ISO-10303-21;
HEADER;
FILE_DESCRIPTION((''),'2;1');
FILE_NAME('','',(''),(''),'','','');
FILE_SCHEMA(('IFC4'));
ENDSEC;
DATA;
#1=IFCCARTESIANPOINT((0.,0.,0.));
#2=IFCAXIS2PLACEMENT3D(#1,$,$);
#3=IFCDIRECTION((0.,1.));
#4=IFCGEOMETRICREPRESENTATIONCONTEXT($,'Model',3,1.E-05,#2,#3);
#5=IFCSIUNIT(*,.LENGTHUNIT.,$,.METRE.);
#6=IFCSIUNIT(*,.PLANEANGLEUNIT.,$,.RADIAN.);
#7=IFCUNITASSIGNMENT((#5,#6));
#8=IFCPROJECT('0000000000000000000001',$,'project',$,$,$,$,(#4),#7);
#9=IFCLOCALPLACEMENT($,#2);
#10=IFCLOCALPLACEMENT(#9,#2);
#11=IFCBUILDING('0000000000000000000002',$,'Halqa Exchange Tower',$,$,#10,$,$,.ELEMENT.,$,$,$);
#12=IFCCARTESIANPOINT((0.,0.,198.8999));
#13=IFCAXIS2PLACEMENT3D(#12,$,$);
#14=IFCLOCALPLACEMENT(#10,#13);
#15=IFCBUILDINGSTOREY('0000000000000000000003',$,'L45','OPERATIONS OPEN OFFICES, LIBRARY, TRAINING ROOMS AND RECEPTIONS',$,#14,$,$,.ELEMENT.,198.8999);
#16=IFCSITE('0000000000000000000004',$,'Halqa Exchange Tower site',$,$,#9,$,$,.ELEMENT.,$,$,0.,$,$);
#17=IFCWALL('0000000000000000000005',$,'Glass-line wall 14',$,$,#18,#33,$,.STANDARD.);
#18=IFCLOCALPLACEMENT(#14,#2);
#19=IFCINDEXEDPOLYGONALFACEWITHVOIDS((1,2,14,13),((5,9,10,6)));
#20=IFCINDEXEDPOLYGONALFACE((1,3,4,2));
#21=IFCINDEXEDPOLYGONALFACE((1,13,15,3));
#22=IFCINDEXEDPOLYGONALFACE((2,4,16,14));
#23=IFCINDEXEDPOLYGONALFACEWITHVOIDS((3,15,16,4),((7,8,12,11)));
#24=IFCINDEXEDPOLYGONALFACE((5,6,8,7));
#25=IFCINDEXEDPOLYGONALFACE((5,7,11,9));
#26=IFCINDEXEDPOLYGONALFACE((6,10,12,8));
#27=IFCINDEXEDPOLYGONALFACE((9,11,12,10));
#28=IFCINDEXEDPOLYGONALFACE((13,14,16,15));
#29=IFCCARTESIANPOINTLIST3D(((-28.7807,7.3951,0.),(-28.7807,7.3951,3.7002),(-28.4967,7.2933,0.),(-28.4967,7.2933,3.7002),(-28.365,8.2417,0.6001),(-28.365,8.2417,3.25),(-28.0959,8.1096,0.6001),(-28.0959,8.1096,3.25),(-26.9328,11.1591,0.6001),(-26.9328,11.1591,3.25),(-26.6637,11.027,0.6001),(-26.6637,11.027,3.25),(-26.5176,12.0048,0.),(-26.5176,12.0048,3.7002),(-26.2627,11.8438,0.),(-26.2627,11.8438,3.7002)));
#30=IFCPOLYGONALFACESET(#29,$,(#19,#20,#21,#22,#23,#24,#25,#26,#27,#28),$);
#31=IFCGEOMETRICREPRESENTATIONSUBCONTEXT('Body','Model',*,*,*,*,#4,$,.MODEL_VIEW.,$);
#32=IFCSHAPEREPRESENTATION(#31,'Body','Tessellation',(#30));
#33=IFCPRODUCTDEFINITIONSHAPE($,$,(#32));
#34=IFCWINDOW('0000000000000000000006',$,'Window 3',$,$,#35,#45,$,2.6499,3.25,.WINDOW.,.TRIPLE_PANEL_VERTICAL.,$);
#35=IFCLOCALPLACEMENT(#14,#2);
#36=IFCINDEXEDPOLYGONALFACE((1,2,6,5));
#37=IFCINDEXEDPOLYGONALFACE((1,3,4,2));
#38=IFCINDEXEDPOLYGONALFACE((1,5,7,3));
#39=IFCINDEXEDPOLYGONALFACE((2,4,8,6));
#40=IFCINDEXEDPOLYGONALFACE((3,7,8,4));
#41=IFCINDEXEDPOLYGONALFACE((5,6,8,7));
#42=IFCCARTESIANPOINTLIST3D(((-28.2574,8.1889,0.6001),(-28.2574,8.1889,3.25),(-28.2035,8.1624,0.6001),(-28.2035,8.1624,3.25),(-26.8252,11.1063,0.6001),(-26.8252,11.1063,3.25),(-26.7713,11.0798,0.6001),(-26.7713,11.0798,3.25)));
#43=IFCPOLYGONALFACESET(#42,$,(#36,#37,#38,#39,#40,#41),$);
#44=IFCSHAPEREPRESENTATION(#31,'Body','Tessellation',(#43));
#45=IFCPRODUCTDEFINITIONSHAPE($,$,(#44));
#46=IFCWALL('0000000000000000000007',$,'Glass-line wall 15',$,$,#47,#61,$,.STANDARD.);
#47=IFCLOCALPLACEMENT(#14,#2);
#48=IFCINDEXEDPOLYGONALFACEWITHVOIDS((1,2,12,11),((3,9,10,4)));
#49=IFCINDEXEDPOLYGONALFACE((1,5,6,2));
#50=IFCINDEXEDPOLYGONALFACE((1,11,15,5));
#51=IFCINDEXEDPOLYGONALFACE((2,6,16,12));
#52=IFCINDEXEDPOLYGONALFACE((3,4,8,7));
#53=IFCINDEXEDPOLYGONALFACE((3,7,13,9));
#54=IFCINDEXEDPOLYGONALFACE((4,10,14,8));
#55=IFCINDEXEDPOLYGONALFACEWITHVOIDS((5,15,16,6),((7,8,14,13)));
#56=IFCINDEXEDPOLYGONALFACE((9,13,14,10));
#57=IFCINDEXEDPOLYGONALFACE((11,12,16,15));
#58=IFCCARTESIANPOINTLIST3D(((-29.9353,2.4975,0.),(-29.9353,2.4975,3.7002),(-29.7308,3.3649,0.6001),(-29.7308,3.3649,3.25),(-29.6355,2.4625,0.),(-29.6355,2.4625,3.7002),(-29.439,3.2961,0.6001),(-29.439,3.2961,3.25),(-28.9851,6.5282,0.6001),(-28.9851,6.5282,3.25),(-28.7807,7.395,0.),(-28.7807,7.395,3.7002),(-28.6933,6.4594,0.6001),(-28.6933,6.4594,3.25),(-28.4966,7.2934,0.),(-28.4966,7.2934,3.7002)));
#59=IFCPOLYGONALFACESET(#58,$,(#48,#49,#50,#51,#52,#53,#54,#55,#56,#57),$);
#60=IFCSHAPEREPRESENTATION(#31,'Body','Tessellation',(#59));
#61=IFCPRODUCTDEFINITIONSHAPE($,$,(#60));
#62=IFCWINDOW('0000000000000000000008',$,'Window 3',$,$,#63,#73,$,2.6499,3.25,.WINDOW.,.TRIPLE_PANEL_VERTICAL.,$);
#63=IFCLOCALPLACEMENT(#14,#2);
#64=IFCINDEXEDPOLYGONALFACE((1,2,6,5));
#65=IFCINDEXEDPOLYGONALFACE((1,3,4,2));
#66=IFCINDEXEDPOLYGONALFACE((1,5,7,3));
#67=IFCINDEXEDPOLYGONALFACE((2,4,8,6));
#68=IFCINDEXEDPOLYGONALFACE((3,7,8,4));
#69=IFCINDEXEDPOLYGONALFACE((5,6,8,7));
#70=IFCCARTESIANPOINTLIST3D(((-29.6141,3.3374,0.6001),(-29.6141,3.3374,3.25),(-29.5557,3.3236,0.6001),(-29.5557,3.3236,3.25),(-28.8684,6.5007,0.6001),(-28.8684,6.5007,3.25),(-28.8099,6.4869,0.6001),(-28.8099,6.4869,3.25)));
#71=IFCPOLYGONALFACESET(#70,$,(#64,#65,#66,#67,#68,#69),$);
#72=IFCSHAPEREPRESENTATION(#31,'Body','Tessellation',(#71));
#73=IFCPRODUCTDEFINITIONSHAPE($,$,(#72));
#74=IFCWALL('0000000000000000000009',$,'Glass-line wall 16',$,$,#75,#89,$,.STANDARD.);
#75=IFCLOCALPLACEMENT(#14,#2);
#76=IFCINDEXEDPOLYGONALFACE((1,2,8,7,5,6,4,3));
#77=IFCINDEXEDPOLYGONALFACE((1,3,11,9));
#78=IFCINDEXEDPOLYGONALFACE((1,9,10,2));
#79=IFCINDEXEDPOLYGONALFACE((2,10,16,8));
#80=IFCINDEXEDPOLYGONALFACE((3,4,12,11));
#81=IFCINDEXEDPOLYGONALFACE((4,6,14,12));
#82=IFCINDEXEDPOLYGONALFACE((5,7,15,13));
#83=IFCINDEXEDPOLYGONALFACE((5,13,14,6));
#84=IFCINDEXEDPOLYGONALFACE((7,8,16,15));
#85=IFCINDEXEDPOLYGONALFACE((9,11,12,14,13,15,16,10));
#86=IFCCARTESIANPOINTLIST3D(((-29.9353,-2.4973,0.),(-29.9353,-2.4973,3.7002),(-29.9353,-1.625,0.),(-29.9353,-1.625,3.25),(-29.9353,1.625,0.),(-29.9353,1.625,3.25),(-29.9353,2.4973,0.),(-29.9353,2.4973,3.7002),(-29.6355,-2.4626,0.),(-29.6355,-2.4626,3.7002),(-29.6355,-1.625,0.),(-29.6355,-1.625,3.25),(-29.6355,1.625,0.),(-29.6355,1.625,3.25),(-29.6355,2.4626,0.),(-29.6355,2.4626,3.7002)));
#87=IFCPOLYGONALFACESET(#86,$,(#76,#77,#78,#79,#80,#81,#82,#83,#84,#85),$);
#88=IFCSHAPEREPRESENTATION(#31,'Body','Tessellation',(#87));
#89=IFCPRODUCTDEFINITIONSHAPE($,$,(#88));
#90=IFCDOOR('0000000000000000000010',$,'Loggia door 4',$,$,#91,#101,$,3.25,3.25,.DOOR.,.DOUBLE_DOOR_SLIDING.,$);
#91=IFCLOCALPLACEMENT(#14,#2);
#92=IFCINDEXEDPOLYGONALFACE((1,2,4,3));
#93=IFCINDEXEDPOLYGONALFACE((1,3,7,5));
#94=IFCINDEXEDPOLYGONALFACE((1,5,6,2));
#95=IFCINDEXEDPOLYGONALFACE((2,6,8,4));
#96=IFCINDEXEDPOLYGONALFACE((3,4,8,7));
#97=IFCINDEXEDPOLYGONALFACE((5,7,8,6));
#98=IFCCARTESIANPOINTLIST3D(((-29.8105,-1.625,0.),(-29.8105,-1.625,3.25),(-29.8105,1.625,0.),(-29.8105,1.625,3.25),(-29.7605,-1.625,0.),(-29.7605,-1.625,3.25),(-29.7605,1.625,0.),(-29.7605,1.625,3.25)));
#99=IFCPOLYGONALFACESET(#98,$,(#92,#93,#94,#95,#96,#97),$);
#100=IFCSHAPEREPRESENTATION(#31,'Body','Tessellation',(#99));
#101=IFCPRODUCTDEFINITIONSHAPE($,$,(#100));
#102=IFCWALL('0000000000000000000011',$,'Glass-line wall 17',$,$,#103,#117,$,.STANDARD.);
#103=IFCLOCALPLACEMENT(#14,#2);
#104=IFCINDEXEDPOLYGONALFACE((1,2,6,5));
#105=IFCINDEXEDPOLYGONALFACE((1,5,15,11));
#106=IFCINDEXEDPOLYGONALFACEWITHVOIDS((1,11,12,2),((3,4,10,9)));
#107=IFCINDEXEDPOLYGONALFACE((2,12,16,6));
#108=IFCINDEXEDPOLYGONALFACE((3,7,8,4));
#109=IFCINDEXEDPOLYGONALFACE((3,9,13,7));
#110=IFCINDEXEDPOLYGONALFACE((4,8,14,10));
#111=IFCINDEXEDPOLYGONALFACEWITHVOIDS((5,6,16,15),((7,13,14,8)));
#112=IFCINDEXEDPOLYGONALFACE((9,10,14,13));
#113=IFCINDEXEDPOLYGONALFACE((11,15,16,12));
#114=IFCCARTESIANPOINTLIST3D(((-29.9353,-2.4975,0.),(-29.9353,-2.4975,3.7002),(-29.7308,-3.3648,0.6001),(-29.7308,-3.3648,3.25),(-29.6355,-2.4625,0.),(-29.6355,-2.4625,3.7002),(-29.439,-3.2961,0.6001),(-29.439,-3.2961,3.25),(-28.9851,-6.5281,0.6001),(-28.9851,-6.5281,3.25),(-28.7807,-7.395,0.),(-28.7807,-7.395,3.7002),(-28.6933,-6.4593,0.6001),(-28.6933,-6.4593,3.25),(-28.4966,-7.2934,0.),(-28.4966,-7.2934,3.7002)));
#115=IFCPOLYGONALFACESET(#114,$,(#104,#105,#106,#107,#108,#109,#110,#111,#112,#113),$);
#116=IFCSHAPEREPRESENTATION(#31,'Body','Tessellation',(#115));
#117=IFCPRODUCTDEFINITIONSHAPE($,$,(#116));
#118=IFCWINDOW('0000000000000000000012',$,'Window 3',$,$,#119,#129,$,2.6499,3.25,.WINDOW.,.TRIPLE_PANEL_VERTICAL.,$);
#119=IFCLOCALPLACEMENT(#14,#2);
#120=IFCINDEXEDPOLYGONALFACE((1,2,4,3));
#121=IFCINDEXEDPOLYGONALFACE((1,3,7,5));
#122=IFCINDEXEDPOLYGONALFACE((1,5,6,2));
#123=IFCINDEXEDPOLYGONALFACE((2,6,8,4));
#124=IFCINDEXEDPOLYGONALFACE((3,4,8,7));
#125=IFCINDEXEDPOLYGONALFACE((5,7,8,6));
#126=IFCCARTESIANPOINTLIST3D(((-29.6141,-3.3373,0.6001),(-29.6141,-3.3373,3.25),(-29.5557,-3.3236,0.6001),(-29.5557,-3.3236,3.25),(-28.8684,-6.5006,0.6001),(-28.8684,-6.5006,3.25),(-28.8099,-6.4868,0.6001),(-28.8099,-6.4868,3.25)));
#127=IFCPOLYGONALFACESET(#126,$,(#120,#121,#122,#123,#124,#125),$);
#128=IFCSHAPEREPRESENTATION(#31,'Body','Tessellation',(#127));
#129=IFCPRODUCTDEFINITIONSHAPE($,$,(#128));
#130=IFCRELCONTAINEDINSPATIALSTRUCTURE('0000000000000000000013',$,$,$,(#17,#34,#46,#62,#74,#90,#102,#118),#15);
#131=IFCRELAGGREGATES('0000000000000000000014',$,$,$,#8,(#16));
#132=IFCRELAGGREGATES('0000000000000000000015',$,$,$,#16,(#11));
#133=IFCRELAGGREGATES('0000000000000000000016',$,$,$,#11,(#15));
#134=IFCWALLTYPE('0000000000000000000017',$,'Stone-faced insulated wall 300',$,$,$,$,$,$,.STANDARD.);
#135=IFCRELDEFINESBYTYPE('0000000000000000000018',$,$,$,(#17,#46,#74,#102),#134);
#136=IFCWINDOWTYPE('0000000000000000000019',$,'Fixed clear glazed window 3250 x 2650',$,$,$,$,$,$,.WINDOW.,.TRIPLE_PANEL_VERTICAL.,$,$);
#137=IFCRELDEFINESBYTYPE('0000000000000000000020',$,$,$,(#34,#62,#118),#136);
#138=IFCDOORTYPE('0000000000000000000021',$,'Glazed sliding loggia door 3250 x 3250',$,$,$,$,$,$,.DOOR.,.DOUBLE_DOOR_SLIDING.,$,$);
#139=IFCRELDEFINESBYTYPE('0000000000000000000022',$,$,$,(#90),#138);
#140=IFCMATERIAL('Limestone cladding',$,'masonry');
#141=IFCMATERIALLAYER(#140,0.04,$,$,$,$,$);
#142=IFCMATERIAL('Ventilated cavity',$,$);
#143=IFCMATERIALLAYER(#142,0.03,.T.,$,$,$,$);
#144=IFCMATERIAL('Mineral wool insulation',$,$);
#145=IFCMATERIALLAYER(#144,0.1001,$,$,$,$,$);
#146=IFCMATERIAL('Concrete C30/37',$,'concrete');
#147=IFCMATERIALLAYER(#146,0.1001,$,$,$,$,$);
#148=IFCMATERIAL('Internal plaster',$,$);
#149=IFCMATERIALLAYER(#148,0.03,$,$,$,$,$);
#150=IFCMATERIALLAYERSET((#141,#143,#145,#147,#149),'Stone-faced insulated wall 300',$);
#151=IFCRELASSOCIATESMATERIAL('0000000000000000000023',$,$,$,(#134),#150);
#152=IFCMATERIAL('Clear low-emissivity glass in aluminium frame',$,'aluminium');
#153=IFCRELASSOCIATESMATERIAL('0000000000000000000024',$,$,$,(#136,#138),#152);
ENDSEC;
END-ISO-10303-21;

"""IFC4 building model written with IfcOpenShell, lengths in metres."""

from ifc_helpers import new_model, si_unit, direction, frame, frame_2d, origin, place, context, subcontext, project, spatial, polyline, rectangle, outline, extrude, material, layer, layer_set, type_object, element, fill, save


model = new_model("IFC4")

# Units and contexts
model_context = context("Model", 3, precision=1e-05, world=origin(), true_north=direction((0.0, 1.0)))
body_context = subcontext(model_context, "Body", "Model", "MODEL_VIEW")
ifc_project = project(units=[si_unit("LENGTHUNIT", "METRE"), si_unit("PLANEANGLEUNIT", "RADIAN")], contexts=[model_context])

# Site, building, storey
site_placement = place(None, origin())
site = spatial("IfcSite", under=ifc_project, at=site_placement, Name="Halqa Exchange Tower site", CompositionType="ELEMENT", RefElevation=0.0)
building_placement = place(site_placement, origin())
building = spatial("IfcBuilding", under=site, at=building_placement, Name="Halqa Exchange Tower", CompositionType="ELEMENT")
storey_placement = place(building_placement, frame((0.0, 0.0, 198.8999)))
storey = spatial("IfcBuildingStorey", under=building, at=storey_placement, Name="L45", Description="OPERATIONS OPEN OFFICES, LIBRARY, TRAINING ROOMS AND RECEPTIONS", CompositionType="ELEMENT", Elevation=198.8999)

# Walls, openings, windows
ifc_material_1 = material(Name="Limestone cladding", Category="masonry")
ifc_layer_1 = layer(ifc_material_1, 0.04)
ifc_material_2 = material(Name="Ventilated cavity")
ifc_layer_2 = layer(ifc_material_2, 0.03, ventilated=True)
ifc_material_3 = material(Name="Mineral wool insulation")
ifc_layer_3 = layer(ifc_material_3, 0.1001)
ifc_material_4 = material(Name="Concrete C30/37", Category="concrete")
ifc_layer_4 = layer(ifc_material_4, 0.1001)
ifc_material_5 = material(Name="Internal plaster")
ifc_layer_5 = layer(ifc_material_5, 0.03)
ifc_layer_set_1 = layer_set([ifc_layer_1, ifc_layer_2, ifc_layer_3, ifc_layer_4, ifc_layer_5], Name="Stone-faced insulated wall 300")
wall_type_1 = type_object("IfcWallType", Name="Stone-faced insulated wall 300", PredefinedType="STANDARD", material=ifc_layer_set_1)
wall_1_placement = place(storey_placement, frame((-26.3901, 11.9243, 0.0), z_axis=(0.0, 0.0, 1.0), x_axis=(-0.440694, -0.897657, 0.0)))
wall_1 = element("IfcWall", 1, at=wall_1_placement, inside=storey, type_object=wall_type_1, Name="Glass-line wall 14", PredefinedType="STANDARD", context=body_context, shape_type="SweptSolid", body=[
    extrude(outline(polyline([(-0.0161, -0.1499), (5.1191, -0.1499), (5.0854, 0.1499), (0.0161, 0.1499), (-0.0161, -0.1499)])), origin(), (0.0, 0.0, 1.0), 3.7002),
])
opening_1_placement = place(wall_1_placement, frame((0.926, 0.0, 0.6001)))
opening_1 = element("IfcOpeningElement", 2, at=opening_1_placement, cuts=wall_1, PredefinedType="OPENING", context=body_context, shape_type="SweptSolid", body=[
    extrude(rectangle(XDim=3.25, YDim=2.6499, at=frame_2d((1.625, 1.325))), frame((0.0, 0.1621, 0.0), z_axis=(0.0, -1.0, 0.0), x_axis=(1.0, 0.0, 0.0)), (0.0, 0.0, 1.0), 0.324),
])
ifc_material_6 = material(Name="Clear low-emissivity glass in aluminium frame", Category="aluminium")
window_type = type_object("IfcWindowType", Name="Fixed clear glazed window 3250 x 2650", PartitioningType="TRIPLE_PANEL_VERTICAL", PredefinedType="WINDOW", material=ifc_material_6)
window_1_placement = place(opening_1_placement, origin())
window_1 = element("IfcWindow", 3, at=window_1_placement, inside=storey, type_object=window_type, Name="Window 3", OverallHeight=2.6499, OverallWidth=3.25, PartitioningType="TRIPLE_PANEL_VERTICAL", PredefinedType="WINDOW", context=body_context, shape_type="SweptSolid", body=[
    extrude(rectangle(XDim=3.25, YDim=2.6499, at=frame_2d((1.625, 1.325))), frame((0.0, 0.03, 0.0), z_axis=(0.0, -1.0, 0.0), x_axis=(1.0, 0.0, 0.0)), (0.0, 0.0, 1.0), 0.0601),
])
fill(opening_1, window_1)
wall_2_placement = place(storey_placement, frame((-28.6387, 7.3442, 0.0), z_axis=(0.0, 0.0, 1.0), x_axis=(-0.229456, -0.973319, 0.0)))
wall_2 = element("IfcWall", 4, at=wall_2_placement, inside=storey, type_object=wall_type_1, Name="Glass-line wall 15", PredefinedType="STANDARD", context=body_context, shape_type="SweptSolid", body=[
    extrude(outline(polyline([(-0.0168, -0.1499), (5.0149, -0.1499), (4.9802, 0.1499), (0.0168, 0.1499), (-0.0168, -0.1499)])), origin(), (0.0, 0.0, 1.0), 3.7002),
])
opening_2_placement = place(wall_2_placement, frame((0.8738, 0.0, 0.6001)))
opening_2 = element("IfcOpeningElement", 5, at=opening_2_placement, cuts=wall_2, PredefinedType="OPENING", context=body_context, shape_type="SweptSolid", body=[
    extrude(rectangle(XDim=3.25, YDim=2.6499, at=frame_2d((1.625, 1.325))), frame((0.0, 0.1621, 0.0), z_axis=(0.0, -1.0, 0.0), x_axis=(1.0, 0.0, 0.0)), (0.0, 0.0, 1.0), 0.324),
])
window_2_placement = place(opening_2_placement, origin())
window_2 = element("IfcWindow", 6, at=window_2_placement, inside=storey, type_object=window_type, Name="Window 3", OverallHeight=2.6499, OverallWidth=3.25, PartitioningType="TRIPLE_PANEL_VERTICAL", PredefinedType="WINDOW", context=body_context, shape_type="SweptSolid", body=[
    extrude(rectangle(XDim=3.25, YDim=2.6499, at=frame_2d((1.625, 1.325))), frame((0.0, 0.03, 0.0), z_axis=(0.0, -1.0, 0.0), x_axis=(1.0, 0.0, 0.0)), (0.0, 0.0, 1.0), 0.0601),
])
fill(opening_2, window_2)

# Wall, opening, door
wall_3_placement = place(storey_placement, frame((-29.7854, 2.48, 0.0), z_axis=(0.0, 0.0, 1.0), x_axis=(0.0, -1.0, 0.0)))
wall_3 = element("IfcWall", 7, at=wall_3_placement, inside=storey, type_object=wall_type_1, Name="Glass-line wall 16", PredefinedType="STANDARD", context=body_context, shape_type="SweptSolid", body=[
    extrude(outline(polyline([(-0.0173, -0.1499), (4.9773, -0.1499), (4.9426, 0.1499), (0.0173, 0.1499), (-0.0173, -0.1499)])), origin(), (0.0, 0.0, 1.0), 3.7002),
])
opening_3_placement = place(wall_3_placement, frame((0.855, 0.0, 0.0)))
opening_3 = element("IfcOpeningElement", 8, at=opening_3_placement, cuts=wall_3, PredefinedType="OPENING", context=body_context, shape_type="SweptSolid", body=[
    extrude(rectangle(XDim=3.25, YDim=3.25, at=frame_2d((1.625, 1.625))), frame((0.0, 0.1621, 0.0), z_axis=(0.0, -1.0, 0.0), x_axis=(1.0, 0.0, 0.0)), (0.0, 0.0, 1.0), 0.324),
])
door_type_1 = type_object("IfcDoorType", Name="Glazed sliding loggia door 3250 x 3250", OperationType="DOUBLE_DOOR_SLIDING", PredefinedType="DOOR", material=ifc_material_6)
door_1_placement = place(opening_3_placement, origin())
door_1 = element("IfcDoor", 9, at=door_1_placement, inside=storey, type_object=door_type_1, Name="Loggia door 4", OperationType="DOUBLE_DOOR_SLIDING", OverallHeight=3.25, OverallWidth=3.25, PredefinedType="DOOR", context=body_context, shape_type="SweptSolid", body=[
    extrude(rectangle(XDim=3.25, YDim=3.25, at=frame_2d((1.625, 1.625))), frame((0.0, 0.0249, 0.0), z_axis=(0.0, -1.0, 0.0), x_axis=(1.0, 0.0, 0.0)), (0.0, 0.0, 1.0), 0.05),
])
fill(opening_3, door_1)

# Wall, opening, window
wall_4_placement = place(storey_placement, frame((-29.7854, -2.48, 0.0), z_axis=(0.0, 0.0, 1.0), x_axis=(0.229456, -0.973319, 0.0)))
wall_4 = element("IfcWall", 10, at=wall_4_placement, inside=storey, type_object=wall_type_1, Name="Glass-line wall 17", PredefinedType="STANDARD", context=body_context, shape_type="SweptSolid", body=[
    extrude(outline(polyline([(-0.0173, -0.1499), (5.0144, -0.1499), (4.9807, 0.1499), (0.0173, 0.1499), (-0.0173, -0.1499)])), origin(), (0.0, 0.0, 1.0), 3.7002),
])
opening_4_placement = place(wall_4_placement, frame((0.8738, 0.0, 0.6001)))
opening_4 = element("IfcOpeningElement", 11, at=opening_4_placement, cuts=wall_4, PredefinedType="OPENING", context=body_context, shape_type="SweptSolid", body=[
    extrude(rectangle(XDim=3.25, YDim=2.6499, at=frame_2d((1.625, 1.325))), frame((0.0, 0.1621, 0.0), z_axis=(0.0, -1.0, 0.0), x_axis=(1.0, 0.0, 0.0)), (0.0, 0.0, 1.0), 0.324),
])
window_3_placement = place(opening_4_placement, origin())
window_3 = element("IfcWindow", 12, at=window_3_placement, inside=storey, type_object=window_type, Name="Window 3", OverallHeight=2.6499, OverallWidth=3.25, PartitioningType="TRIPLE_PANEL_VERTICAL", PredefinedType="WINDOW", context=body_context, shape_type="SweptSolid", body=[
    extrude(rectangle(XDim=3.25, YDim=2.6499, at=frame_2d((1.625, 1.325))), frame((0.0, 0.03, 0.0), z_axis=(0.0, -1.0, 0.0), x_axis=(1.0, 0.0, 0.0)), (0.0, 0.0, 1.0), 0.0601),
])
fill(opening_4, window_3)

save(model, "model.ifc")
